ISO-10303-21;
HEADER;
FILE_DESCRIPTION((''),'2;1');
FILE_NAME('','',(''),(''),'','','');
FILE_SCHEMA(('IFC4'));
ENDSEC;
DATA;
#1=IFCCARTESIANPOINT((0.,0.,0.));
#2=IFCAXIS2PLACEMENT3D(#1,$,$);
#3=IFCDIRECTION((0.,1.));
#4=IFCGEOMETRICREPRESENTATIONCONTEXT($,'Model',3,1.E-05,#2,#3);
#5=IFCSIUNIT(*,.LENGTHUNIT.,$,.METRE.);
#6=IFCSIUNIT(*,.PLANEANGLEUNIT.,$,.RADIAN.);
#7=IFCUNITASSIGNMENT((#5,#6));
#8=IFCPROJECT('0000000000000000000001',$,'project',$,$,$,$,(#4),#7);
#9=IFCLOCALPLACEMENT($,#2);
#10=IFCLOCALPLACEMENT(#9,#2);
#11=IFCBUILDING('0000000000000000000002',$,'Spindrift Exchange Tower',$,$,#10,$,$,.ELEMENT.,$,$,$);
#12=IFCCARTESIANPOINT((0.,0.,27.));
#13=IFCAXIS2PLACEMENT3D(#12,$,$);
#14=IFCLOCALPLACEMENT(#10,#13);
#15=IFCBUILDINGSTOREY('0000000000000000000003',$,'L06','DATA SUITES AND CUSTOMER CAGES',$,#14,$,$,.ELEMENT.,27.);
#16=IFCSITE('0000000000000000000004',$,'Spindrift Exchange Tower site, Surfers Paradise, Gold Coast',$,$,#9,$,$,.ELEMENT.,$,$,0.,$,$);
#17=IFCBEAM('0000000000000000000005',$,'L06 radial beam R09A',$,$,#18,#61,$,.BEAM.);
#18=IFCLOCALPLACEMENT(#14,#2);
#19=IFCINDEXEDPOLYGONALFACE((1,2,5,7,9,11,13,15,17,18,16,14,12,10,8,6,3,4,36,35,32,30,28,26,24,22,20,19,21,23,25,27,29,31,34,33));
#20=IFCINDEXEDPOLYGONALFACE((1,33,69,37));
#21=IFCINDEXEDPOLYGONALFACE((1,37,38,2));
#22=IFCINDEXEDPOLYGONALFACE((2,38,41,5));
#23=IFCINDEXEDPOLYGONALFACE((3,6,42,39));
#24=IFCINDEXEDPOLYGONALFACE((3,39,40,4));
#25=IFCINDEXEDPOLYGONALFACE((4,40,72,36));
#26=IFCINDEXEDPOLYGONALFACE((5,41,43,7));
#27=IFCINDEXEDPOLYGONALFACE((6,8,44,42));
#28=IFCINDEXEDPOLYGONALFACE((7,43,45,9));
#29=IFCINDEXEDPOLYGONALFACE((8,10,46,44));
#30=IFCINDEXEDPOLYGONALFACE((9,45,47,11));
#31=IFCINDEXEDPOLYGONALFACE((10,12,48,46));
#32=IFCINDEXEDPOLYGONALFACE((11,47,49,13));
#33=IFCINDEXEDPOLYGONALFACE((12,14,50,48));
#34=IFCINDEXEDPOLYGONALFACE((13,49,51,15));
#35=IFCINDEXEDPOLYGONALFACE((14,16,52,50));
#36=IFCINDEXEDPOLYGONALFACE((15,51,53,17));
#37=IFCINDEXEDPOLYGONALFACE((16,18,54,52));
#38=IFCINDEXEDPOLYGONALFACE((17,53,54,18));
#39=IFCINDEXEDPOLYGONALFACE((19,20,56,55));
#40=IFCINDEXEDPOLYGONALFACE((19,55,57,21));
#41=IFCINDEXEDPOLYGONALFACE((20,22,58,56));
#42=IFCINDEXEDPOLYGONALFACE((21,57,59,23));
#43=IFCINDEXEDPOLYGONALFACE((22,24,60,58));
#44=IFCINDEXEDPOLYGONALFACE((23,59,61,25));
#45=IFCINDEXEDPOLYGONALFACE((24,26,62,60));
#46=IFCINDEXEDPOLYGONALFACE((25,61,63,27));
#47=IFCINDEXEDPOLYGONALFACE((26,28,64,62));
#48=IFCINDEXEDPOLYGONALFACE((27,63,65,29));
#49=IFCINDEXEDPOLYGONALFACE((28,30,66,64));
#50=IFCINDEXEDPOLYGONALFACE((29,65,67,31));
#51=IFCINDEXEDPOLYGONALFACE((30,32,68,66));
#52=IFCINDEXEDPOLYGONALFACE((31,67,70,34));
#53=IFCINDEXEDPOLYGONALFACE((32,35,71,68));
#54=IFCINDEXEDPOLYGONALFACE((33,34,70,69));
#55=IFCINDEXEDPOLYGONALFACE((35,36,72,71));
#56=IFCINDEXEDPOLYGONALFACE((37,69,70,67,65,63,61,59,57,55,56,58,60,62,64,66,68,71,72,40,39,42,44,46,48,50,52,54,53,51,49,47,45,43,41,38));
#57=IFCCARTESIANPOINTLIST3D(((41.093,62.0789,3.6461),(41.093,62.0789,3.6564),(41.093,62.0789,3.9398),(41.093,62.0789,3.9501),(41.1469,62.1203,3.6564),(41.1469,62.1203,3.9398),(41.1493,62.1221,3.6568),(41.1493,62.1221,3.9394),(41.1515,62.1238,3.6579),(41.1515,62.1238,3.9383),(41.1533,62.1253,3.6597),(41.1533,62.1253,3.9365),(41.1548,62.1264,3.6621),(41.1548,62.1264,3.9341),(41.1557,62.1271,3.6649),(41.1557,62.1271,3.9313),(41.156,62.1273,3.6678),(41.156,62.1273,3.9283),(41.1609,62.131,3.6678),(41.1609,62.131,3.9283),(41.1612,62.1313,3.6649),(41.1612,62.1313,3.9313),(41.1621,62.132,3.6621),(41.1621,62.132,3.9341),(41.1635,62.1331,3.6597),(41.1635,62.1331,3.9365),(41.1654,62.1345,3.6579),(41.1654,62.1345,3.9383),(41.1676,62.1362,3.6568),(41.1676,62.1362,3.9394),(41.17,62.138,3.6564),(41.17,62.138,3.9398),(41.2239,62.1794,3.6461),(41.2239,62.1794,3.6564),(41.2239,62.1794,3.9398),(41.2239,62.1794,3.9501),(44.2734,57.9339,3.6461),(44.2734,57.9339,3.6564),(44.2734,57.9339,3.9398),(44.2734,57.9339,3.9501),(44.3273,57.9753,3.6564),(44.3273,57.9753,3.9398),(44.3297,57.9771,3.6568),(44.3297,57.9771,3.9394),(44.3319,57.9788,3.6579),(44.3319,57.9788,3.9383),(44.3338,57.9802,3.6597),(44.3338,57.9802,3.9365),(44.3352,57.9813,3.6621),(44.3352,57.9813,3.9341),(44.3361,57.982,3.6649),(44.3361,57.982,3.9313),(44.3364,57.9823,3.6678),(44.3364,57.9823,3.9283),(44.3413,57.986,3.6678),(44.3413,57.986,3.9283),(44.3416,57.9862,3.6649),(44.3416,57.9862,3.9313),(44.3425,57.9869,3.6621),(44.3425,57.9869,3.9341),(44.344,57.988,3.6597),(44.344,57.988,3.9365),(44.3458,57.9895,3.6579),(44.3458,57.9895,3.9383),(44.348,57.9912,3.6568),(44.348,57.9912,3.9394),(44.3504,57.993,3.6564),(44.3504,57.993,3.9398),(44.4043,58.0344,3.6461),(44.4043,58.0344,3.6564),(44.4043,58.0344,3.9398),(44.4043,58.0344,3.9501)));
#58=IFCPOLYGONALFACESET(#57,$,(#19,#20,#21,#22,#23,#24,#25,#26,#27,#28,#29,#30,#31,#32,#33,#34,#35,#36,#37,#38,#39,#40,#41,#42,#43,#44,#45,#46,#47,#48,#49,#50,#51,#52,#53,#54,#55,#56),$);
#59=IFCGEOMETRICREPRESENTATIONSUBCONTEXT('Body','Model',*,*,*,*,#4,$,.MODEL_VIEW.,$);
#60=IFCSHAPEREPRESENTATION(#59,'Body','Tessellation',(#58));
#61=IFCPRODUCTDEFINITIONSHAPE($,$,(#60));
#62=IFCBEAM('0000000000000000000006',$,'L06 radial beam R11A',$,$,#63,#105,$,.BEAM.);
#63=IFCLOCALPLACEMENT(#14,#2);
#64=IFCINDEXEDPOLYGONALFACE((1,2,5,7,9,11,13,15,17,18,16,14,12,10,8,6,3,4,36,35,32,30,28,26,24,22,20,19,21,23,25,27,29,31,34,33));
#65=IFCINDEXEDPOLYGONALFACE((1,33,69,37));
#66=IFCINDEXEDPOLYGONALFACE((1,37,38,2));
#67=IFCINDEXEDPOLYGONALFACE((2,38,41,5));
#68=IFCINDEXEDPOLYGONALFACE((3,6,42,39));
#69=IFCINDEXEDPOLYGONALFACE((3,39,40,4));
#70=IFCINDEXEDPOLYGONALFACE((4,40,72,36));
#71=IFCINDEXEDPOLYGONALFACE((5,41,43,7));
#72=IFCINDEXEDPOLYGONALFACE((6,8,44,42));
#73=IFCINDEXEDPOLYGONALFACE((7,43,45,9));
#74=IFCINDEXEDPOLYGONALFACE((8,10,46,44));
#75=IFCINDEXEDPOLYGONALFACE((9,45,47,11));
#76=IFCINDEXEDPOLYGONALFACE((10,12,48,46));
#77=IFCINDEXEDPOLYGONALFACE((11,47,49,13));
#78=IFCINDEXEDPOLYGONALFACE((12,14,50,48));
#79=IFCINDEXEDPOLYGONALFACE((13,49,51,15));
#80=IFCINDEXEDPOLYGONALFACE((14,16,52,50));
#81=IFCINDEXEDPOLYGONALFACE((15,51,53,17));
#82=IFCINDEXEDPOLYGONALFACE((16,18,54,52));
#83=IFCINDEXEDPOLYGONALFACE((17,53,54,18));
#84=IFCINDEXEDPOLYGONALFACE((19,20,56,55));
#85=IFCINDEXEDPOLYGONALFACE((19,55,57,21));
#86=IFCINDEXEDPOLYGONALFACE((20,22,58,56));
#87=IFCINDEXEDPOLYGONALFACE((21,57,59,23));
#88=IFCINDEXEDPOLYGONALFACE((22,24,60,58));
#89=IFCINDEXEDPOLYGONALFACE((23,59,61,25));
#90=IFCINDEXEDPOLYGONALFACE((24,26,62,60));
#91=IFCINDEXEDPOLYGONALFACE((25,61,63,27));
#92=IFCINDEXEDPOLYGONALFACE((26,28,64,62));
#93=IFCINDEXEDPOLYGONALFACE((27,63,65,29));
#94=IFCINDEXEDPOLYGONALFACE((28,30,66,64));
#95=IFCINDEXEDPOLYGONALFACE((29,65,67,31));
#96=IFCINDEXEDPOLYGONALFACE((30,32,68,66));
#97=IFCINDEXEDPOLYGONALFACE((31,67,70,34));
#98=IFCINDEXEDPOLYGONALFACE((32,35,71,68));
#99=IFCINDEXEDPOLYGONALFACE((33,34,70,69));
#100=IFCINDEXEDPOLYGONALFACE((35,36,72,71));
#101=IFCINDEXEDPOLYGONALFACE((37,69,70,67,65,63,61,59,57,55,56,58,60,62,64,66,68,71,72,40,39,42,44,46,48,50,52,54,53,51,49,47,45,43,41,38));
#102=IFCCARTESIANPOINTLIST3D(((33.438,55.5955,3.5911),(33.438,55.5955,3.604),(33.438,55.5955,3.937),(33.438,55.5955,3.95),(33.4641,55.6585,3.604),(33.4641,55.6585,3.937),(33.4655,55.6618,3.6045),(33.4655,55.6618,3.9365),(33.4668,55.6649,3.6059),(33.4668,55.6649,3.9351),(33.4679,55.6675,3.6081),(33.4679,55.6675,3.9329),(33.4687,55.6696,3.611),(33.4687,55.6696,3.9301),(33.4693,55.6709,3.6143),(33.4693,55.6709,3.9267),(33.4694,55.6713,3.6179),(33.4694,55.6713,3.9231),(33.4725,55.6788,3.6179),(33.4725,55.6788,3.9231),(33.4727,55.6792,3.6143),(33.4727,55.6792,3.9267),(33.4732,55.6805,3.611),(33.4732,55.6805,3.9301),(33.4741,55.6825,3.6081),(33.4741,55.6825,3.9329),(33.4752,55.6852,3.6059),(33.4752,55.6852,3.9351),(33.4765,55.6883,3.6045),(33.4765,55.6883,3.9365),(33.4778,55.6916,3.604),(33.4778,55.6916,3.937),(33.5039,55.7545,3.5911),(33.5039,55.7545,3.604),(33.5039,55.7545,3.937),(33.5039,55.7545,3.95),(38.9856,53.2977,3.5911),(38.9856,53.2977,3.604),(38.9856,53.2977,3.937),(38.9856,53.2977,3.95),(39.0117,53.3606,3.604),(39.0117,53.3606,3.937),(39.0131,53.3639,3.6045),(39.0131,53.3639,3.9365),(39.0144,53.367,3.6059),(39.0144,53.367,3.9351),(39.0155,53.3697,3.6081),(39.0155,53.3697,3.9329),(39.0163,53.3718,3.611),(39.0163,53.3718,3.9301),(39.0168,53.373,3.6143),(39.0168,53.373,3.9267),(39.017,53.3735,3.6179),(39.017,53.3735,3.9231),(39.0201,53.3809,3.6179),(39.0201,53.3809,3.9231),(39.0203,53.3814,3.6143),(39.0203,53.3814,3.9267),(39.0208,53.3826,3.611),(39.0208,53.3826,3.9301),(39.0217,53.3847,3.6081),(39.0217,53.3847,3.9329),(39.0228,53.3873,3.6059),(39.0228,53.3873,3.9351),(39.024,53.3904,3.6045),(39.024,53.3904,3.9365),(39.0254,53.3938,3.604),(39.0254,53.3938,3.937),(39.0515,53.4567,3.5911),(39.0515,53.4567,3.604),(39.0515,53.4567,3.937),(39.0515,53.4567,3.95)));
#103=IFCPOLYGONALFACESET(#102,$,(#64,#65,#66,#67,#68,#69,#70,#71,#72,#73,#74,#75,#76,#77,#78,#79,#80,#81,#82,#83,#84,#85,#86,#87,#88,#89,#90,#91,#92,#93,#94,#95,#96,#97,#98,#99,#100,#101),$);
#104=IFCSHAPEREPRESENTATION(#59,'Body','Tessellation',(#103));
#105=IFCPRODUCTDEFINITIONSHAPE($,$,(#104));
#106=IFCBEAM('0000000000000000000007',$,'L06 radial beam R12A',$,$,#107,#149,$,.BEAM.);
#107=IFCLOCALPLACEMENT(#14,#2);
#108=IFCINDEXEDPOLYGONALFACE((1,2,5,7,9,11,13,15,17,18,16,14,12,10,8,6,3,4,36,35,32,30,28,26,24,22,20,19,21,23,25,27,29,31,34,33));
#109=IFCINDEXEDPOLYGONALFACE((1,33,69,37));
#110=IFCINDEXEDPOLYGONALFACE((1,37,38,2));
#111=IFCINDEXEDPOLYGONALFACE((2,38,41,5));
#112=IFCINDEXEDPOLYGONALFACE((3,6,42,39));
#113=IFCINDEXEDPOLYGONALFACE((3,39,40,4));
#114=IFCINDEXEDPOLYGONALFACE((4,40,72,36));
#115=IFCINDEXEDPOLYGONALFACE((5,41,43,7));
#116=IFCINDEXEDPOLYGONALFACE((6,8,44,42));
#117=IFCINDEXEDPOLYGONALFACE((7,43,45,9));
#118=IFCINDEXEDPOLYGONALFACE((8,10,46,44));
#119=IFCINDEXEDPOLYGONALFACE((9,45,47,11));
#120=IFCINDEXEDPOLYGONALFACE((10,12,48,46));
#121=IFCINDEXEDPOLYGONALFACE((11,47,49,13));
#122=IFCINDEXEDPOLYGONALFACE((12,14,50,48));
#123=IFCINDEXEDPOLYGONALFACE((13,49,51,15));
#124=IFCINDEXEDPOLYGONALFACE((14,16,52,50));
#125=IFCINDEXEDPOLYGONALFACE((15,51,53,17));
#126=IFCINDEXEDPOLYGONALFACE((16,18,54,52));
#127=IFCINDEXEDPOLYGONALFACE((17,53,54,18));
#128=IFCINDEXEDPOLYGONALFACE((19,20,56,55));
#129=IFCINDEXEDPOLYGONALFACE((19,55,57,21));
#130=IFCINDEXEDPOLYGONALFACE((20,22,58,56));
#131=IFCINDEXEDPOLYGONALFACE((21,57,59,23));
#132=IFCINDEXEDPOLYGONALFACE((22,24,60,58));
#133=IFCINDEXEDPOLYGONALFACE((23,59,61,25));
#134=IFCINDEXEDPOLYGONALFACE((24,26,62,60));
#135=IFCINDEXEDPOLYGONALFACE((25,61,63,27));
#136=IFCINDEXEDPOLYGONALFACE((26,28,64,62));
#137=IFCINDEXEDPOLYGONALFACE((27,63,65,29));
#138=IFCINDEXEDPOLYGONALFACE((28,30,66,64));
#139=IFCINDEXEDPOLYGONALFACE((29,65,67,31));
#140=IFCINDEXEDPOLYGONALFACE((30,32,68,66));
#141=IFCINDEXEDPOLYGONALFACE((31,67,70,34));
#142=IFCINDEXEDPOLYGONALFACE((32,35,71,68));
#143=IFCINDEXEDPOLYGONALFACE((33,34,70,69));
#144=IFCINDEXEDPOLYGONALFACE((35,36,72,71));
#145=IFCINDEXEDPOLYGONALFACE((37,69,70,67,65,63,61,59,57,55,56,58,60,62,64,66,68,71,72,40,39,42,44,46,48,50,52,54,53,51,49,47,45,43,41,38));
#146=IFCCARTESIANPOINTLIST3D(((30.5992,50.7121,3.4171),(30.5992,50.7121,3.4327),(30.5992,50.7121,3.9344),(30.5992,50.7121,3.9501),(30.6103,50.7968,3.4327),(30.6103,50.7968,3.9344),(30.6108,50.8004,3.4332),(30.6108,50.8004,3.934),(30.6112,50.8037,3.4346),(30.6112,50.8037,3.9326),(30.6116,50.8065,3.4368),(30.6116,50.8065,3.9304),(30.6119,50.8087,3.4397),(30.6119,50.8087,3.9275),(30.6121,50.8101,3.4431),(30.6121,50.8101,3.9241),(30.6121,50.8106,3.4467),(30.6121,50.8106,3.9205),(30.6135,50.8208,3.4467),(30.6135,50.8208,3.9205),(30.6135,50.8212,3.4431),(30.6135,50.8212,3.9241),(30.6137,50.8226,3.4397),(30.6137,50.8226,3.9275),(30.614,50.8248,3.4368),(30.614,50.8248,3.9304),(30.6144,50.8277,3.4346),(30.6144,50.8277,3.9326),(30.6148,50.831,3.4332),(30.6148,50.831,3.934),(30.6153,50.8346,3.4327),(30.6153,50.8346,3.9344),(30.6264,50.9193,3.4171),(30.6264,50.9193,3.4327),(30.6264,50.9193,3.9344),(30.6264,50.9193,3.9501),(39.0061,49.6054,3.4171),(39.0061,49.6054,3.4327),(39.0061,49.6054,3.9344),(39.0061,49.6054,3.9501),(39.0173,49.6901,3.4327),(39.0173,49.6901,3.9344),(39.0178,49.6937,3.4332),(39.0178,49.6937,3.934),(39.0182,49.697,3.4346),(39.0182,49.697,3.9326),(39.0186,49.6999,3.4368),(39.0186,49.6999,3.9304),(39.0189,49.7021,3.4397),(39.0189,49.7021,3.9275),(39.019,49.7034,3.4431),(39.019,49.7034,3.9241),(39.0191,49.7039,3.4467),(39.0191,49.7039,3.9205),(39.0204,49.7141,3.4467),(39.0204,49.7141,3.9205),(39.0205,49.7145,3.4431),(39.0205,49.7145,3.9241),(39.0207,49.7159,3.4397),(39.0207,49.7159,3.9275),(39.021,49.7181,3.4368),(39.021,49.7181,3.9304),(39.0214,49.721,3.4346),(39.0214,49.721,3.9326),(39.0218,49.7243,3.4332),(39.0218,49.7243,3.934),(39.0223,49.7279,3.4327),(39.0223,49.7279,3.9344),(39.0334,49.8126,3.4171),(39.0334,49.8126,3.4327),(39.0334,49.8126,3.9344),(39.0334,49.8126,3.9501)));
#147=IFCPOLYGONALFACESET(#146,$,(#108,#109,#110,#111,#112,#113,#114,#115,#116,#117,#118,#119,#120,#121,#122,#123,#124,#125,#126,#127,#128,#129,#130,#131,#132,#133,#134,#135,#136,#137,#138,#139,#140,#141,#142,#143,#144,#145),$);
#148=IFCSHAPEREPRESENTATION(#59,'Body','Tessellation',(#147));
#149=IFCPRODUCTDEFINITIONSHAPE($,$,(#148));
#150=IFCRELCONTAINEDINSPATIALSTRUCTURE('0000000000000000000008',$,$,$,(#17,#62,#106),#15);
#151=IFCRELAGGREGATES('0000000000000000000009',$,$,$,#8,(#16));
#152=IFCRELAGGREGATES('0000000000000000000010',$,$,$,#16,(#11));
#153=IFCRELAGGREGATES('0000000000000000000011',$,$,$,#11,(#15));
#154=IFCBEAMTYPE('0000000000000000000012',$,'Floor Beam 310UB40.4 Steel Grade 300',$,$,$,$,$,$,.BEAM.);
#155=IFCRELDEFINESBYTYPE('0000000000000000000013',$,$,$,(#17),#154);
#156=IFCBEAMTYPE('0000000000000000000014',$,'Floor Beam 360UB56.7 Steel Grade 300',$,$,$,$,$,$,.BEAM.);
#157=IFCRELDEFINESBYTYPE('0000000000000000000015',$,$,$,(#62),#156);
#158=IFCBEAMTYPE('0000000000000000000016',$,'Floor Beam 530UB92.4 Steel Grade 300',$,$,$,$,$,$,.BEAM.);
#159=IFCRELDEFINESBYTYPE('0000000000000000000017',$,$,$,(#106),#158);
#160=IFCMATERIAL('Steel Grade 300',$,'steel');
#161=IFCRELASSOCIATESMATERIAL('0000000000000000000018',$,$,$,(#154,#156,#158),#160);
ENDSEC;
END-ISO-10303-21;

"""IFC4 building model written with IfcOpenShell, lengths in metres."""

from ifc_helpers import new_model, si_unit, direction, frame, origin, origin_2d, place, context, subcontext, project, spatial, i_section, extrude, source, transform, mapped, material, material_profile, profile_set, type_object, element, save


model = new_model("IFC4")

# Units and contexts
model_context = context("Model", 3, precision=1e-05, world=origin(), true_north=direction((0.0, 1.0)))
body_context = subcontext(model_context, "Body", "Model", "MODEL_VIEW")
ifc_project = project(units=[si_unit("LENGTHUNIT", "METRE"), si_unit("PLANEANGLEUNIT", "RADIAN")], contexts=[model_context])

# Site, building, storey
site_placement = place(None, origin())
site = spatial("IfcSite", under=ifc_project, at=site_placement, Name="Spindrift Exchange Tower site, Surfers Paradise, Gold Coast", CompositionType="ELEMENT", RefElevation=0.0)
building_placement = place(site_placement, origin())
building = spatial("IfcBuilding", under=site, at=building_placement, Name="Spindrift Exchange Tower", CompositionType="ELEMENT")
storey_placement = place(building_placement, frame((0.0, 0.0, 27.0)))
storey = spatial("IfcBuildingStorey", under=building, at=storey_placement, Name="L06", Description="DATA SUITES AND CUSTOMER CAGES", CompositionType="ELEMENT", Elevation=27.0)

# Beams
ifc_material_1 = material(Name="Steel Grade 300", Category="steel")
ifc_material_profile_1 = material_profile(ifc_material_1, i_section(OverallWidth=0.165, OverallDepth=0.304, WebThickness=0.0061, FlangeThickness=0.0103, FilletRadius=0.0115, at=origin_2d()), Name="310UB40.4")
ifc_profile_set_1 = profile_set([ifc_material_profile_1], Name="Steel Grade 300")
beam_type_1 = type_object("IfcBeamType", Name="Floor Beam 310UB40.4 Steel Grade 300", PredefinedType="BEAM", material=ifc_profile_set_1)
shared_shape_1 = source(origin(), body_context, "Body", "SweptSolid", [
    extrude(i_section(OverallWidth=0.165, OverallDepth=0.304, WebThickness=0.0061, FlangeThickness=0.0103, FilletRadius=0.0115, at=origin_2d()), origin(), (0.0, 0.0, 1.0), 5.2246),
])
beam_1_placement = place(storey_placement, frame((44.3389, 57.9841, 3.7981), z_axis=(-0.608741, 0.793369, 0.0), x_axis=(-0.793369, -0.608741, 0.0)))
element("IfcBeam", 1, at=beam_1_placement, inside=storey, type_object=beam_type_1, Name="L06 radial beam R09A", PredefinedType="BEAM", context=body_context, shape_type="MappedRepresentation", body=[
    mapped(shared_shape_1, transform((0.0, 0.0, 0.0), scale=1.0)),
])
ifc_material_profile_2 = material_profile(ifc_material_1, i_section(OverallWidth=0.1721, OverallDepth=0.3589, WebThickness=0.0081, FlangeThickness=0.0129, FilletRadius=0.0139, at=origin_2d()), Name="360UB56.7")
ifc_profile_set_2 = profile_set([ifc_material_profile_2], Name="Steel Grade 300")
beam_type_2 = type_object("IfcBeamType", Name="Floor Beam 360UB56.7 Steel Grade 300", PredefinedType="BEAM", material=ifc_profile_set_2)
shared_shape_2 = source(origin(), body_context, "Body", "SweptSolid", [
    extrude(i_section(OverallWidth=0.1721, OverallDepth=0.3589, WebThickness=0.0081, FlangeThickness=0.0129, FilletRadius=0.0139, at=origin_2d()), origin(), (0.0, 0.0, 1.0), 6.0046),
])
beam_2_placement = place(storey_placement, frame((39.0186, 53.3772, 3.7705), z_axis=(-0.923882, 0.382677, 0.0), x_axis=(-0.382677, -0.923882, 0.0)))
element("IfcBeam", 2, at=beam_2_placement, inside=storey, type_object=beam_type_2, Name="L06 radial beam R11A", PredefinedType="BEAM", context=body_context, shape_type="MappedRepresentation", body=[
    mapped(shared_shape_2, transform((0.0, 0.0, 0.0), scale=1.0)),
])
ifc_material_profile_3 = material_profile(ifc_material_1, i_section(OverallWidth=0.209, OverallDepth=0.533, WebThickness=0.0103, FlangeThickness=0.0156, FilletRadius=0.0139, at=origin_2d()), Name="530UB92.4")
ifc_profile_set_3 = profile_set([ifc_material_profile_3], Name="Steel Grade 300")
beam_type_3 = type_object("IfcBeamType", Name="Floor Beam 530UB92.4 Steel Grade 300", PredefinedType="BEAM", material=ifc_profile_set_3)
shared_shape_3 = source(origin(), body_context, "Body", "SweptSolid", [
    extrude(i_section(OverallWidth=0.209, OverallDepth=0.533, WebThickness=0.0103, FlangeThickness=0.0156, FilletRadius=0.0139, at=origin_2d()), origin(), (0.0, 0.0, 1.0), 8.4795),
])
beam_3_placement = place(storey_placement, frame((39.0198, 49.709, 3.6836), z_axis=(-0.991447, 0.130513, 0.0), x_axis=(-0.130513, -0.991447, 0.0)))
element("IfcBeam", 3, at=beam_3_placement, inside=storey, type_object=beam_type_3, Name="L06 radial beam R12A", PredefinedType="BEAM", context=body_context, shape_type="MappedRepresentation", body=[
    mapped(shared_shape_3, transform((0.0, 0.0, 0.0), scale=1.0)),
])

save(model, "model.ifc")
